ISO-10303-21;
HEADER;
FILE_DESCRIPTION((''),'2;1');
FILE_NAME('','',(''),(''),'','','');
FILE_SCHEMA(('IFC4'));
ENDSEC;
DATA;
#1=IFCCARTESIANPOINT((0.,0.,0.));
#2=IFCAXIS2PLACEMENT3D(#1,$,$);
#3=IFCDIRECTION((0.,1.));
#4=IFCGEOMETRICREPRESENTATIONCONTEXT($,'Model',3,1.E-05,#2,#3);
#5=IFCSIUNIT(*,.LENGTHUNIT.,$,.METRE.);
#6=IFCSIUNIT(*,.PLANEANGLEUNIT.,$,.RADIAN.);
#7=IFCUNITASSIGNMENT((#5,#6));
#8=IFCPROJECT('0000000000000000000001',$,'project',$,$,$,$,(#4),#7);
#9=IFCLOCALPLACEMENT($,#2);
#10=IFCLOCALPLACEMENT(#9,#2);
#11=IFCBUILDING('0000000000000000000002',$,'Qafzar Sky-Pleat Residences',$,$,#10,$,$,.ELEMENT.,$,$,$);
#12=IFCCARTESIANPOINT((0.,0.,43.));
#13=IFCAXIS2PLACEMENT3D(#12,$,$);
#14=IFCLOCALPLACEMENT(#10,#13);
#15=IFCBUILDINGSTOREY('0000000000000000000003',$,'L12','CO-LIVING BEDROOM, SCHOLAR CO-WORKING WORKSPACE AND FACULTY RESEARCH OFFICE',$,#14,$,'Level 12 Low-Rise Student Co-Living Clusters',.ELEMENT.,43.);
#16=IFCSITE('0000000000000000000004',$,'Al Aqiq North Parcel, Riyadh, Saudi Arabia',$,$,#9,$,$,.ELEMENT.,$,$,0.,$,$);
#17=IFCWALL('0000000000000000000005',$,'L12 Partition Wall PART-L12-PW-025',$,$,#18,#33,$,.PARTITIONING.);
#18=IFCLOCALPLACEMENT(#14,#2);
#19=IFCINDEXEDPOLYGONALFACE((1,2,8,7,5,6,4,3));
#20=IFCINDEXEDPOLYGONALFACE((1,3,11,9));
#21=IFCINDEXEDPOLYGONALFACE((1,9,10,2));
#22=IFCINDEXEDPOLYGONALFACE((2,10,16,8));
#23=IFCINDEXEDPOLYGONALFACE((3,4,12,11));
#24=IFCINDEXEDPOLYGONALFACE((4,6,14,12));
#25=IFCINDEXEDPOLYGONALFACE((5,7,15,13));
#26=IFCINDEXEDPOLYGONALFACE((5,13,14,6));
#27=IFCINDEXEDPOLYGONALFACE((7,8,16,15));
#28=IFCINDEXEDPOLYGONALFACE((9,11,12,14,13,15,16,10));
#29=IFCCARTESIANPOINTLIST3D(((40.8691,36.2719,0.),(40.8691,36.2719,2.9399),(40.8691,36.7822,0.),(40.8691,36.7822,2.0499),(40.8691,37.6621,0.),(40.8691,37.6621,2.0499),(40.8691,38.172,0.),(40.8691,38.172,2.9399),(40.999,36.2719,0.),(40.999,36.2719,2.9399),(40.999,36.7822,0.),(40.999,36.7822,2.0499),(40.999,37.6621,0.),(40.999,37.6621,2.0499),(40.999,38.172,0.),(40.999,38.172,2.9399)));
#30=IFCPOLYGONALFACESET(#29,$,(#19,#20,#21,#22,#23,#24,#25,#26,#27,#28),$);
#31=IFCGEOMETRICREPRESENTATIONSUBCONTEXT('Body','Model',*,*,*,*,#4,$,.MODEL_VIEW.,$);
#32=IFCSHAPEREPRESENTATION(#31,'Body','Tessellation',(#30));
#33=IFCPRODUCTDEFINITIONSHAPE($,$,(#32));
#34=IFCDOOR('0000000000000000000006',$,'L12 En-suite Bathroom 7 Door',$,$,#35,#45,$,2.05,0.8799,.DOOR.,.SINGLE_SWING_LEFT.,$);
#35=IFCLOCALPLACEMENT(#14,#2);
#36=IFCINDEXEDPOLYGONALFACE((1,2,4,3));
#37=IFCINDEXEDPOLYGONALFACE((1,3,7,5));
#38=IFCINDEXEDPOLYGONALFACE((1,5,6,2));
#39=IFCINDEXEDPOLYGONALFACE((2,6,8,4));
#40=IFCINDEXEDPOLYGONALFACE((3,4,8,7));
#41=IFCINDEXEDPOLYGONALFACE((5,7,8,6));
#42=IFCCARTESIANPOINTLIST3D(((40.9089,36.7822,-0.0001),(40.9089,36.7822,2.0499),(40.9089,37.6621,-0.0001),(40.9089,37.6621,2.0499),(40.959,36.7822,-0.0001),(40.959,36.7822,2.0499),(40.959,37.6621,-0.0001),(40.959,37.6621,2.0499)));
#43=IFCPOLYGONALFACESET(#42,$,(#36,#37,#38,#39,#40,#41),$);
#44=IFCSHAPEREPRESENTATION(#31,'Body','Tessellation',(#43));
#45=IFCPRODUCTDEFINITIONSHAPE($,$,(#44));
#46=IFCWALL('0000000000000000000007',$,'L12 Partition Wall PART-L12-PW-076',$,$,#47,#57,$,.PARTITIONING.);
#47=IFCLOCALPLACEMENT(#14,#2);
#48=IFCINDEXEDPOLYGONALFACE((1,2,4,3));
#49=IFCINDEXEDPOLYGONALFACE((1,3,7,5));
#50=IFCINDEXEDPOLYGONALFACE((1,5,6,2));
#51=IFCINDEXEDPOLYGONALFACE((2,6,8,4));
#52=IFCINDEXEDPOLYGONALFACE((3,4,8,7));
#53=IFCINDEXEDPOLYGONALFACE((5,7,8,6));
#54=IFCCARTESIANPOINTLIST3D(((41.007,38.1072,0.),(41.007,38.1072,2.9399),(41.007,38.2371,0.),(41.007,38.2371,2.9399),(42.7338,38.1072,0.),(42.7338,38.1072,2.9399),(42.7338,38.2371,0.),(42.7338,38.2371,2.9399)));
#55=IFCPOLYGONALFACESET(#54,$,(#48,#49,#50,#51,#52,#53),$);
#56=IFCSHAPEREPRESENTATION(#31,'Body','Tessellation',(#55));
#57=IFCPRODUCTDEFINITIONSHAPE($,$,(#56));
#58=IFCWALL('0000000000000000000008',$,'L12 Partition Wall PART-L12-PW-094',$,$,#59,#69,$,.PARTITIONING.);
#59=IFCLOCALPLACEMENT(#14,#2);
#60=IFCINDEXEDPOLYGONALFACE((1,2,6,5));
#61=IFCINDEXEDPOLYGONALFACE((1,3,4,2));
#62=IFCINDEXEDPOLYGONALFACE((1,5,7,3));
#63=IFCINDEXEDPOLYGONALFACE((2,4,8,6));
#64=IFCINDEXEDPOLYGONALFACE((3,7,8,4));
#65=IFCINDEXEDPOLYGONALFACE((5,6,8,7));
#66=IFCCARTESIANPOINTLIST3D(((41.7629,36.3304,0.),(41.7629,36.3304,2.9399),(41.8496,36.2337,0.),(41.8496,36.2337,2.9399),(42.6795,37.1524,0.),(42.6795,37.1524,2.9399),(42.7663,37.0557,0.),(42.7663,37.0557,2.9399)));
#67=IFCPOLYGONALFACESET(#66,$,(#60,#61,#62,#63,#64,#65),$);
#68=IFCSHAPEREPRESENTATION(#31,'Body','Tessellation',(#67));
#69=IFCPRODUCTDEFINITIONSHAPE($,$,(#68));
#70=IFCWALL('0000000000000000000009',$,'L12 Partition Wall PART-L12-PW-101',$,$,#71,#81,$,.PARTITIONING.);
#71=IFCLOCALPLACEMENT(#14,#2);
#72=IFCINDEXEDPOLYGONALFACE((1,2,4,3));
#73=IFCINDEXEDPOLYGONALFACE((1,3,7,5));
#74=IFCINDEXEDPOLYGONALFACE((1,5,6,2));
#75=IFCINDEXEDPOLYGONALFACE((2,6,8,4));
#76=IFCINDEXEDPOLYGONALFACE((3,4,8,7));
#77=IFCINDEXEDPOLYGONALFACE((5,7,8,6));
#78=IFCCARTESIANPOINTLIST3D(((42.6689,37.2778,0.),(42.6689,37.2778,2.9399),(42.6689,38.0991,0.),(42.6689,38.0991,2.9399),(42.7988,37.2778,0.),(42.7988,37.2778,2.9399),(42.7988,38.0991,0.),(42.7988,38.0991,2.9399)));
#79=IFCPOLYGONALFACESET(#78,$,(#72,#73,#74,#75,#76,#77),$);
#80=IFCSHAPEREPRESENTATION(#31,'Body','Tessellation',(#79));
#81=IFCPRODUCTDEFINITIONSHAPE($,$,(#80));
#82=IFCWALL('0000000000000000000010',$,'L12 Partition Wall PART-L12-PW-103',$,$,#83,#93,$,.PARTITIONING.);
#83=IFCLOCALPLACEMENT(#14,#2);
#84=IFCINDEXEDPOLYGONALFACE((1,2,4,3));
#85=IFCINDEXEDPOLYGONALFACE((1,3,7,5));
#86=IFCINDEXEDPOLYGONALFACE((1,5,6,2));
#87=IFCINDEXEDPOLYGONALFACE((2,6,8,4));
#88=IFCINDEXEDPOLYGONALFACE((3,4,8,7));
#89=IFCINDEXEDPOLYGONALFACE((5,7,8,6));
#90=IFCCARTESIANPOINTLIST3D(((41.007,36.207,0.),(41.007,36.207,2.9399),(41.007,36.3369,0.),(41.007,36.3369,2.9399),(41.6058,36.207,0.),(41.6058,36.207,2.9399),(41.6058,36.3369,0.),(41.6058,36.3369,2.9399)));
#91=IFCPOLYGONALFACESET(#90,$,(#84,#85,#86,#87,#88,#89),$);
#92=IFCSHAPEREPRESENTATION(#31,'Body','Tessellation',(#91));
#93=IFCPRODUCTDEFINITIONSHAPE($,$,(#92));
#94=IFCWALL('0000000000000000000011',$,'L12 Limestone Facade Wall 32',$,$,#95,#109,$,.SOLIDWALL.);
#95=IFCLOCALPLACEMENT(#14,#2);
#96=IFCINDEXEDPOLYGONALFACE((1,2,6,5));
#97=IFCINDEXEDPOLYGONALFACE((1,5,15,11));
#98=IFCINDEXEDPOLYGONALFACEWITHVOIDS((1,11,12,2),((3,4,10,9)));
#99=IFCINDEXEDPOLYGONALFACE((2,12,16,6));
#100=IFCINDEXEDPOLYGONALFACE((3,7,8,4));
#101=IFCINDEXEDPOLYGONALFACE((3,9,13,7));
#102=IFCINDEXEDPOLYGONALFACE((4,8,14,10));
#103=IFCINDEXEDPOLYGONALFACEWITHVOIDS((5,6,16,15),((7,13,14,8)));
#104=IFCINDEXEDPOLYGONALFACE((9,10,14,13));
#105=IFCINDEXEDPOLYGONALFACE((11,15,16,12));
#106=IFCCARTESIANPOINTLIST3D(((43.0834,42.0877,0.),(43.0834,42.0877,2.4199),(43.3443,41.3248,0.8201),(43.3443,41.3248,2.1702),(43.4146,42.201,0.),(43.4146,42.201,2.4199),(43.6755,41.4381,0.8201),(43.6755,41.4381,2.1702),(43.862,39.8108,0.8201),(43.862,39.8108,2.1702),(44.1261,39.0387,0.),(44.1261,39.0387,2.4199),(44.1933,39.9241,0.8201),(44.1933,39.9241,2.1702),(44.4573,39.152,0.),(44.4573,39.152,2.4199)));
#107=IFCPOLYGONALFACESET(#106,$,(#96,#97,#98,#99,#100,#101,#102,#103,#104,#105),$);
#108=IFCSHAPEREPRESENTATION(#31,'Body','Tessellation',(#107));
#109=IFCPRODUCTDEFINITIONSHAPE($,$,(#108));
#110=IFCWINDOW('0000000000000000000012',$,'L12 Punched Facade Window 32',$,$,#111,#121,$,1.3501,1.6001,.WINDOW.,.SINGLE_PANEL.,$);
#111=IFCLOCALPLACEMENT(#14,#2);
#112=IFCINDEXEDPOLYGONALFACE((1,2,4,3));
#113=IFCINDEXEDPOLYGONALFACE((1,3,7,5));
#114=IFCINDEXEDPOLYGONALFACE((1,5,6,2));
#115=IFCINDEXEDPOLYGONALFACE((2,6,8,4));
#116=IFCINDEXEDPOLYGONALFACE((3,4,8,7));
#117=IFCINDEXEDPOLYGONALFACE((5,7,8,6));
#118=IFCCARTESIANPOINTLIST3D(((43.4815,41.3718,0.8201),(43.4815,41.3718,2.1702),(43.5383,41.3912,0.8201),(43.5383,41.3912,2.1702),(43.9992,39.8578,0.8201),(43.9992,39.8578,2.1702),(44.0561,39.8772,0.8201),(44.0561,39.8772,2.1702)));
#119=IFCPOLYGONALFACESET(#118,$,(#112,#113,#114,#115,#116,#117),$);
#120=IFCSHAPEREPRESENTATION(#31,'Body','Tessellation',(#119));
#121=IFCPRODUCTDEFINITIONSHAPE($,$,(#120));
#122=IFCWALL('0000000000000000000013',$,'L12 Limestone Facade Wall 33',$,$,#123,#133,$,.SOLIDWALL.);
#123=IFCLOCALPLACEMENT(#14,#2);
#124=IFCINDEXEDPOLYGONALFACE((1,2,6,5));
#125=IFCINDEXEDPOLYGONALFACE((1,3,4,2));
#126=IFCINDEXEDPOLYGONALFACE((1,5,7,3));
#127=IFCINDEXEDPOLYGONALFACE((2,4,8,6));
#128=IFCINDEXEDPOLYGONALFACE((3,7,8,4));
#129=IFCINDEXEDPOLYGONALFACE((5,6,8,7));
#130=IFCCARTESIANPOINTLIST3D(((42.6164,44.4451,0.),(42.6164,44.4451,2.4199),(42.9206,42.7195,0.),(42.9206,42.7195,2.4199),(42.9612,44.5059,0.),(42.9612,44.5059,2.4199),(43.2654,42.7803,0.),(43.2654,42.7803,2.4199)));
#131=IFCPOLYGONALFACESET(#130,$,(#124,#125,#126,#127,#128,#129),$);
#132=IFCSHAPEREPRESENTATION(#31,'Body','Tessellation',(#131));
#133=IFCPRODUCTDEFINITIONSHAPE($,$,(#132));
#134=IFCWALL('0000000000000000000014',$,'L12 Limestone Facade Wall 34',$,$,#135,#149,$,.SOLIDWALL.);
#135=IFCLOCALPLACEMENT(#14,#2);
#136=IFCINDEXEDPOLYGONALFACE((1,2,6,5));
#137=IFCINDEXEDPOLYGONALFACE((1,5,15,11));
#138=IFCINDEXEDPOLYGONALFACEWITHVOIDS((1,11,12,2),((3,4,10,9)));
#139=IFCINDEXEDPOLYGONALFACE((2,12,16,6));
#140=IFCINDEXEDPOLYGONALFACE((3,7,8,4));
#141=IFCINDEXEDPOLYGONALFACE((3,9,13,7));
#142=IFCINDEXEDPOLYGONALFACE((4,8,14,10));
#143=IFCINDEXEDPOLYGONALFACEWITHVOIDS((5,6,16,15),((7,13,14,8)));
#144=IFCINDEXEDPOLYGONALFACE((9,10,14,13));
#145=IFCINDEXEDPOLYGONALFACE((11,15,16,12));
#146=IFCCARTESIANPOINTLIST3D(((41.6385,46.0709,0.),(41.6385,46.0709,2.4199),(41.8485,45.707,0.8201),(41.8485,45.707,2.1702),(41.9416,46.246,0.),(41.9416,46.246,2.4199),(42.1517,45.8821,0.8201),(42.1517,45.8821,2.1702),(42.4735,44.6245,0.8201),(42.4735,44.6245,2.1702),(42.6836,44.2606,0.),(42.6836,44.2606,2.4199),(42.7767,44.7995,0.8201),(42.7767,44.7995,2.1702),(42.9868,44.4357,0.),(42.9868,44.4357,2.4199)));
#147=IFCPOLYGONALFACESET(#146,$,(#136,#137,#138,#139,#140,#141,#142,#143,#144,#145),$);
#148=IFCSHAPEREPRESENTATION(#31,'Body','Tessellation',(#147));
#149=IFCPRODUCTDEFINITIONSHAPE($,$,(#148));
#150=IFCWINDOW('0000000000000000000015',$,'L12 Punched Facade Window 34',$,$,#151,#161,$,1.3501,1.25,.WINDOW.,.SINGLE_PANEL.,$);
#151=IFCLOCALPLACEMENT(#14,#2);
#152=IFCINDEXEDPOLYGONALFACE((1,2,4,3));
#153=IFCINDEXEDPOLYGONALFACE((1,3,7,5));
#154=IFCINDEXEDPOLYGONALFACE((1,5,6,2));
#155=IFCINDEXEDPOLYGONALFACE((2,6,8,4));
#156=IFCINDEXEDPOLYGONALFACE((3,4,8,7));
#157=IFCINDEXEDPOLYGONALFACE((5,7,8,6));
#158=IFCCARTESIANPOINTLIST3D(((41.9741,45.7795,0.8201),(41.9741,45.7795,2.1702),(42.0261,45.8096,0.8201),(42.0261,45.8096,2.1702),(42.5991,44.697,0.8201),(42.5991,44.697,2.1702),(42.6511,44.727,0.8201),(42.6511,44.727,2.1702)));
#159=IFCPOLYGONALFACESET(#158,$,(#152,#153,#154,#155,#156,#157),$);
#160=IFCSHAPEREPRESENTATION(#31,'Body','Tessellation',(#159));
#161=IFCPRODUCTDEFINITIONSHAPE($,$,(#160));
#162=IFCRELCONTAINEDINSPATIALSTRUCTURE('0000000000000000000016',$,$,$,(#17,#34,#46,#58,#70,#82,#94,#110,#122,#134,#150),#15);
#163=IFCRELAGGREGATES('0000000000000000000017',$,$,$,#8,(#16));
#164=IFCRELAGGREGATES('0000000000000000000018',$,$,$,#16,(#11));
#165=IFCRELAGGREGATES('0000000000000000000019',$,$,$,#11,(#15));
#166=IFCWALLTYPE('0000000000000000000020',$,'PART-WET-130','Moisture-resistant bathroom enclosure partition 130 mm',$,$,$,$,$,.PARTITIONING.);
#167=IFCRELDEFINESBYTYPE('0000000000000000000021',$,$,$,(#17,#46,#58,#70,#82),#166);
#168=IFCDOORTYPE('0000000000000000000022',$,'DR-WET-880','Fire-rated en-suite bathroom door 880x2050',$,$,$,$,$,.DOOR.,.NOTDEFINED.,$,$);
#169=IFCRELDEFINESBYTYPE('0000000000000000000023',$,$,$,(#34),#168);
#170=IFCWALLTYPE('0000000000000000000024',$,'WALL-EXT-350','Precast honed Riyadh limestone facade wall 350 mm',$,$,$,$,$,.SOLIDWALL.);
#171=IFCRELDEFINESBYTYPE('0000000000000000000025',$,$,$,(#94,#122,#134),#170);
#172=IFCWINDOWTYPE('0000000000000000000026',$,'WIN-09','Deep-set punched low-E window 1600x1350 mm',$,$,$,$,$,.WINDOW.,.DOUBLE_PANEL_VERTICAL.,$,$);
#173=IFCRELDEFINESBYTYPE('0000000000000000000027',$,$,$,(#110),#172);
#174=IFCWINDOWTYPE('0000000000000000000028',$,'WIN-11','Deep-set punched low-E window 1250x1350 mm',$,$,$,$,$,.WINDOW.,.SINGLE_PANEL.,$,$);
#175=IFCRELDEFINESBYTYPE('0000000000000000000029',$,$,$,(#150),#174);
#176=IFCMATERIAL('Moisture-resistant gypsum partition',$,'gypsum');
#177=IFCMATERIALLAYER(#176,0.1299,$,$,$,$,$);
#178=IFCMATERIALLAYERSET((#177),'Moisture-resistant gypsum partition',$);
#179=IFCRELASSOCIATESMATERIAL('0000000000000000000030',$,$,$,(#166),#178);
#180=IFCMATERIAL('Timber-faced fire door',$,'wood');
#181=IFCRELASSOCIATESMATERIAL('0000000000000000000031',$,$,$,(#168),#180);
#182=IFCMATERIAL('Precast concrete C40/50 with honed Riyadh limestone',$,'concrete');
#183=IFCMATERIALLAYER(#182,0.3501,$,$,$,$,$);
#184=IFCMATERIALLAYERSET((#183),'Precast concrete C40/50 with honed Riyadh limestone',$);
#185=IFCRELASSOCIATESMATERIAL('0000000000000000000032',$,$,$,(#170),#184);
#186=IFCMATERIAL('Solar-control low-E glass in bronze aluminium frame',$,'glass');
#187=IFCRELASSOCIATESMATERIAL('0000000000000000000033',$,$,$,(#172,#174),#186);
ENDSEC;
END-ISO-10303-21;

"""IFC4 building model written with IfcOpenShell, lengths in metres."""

from ifc_helpers import new_model, si_unit, direction, frame, frame_2d, origin, place, context, subcontext, project, spatial, rectangle, extrude, source, transform, mapped, material, layer, layer_set, type_object, element, fill, save


model = new_model("IFC4")

# Units and contexts
model_context = context("Model", 3, precision=1e-05, world=origin(), true_north=direction((0.0, 1.0)))
body_context = subcontext(model_context, "Body", "Model", "MODEL_VIEW")
ifc_project = project(units=[si_unit("LENGTHUNIT", "METRE"), si_unit("PLANEANGLEUNIT", "RADIAN")], contexts=[model_context])

# Site, building, storey
site_placement = place(None, origin())
site = spatial("IfcSite", under=ifc_project, at=site_placement, Name="Al Aqiq North Parcel, Riyadh, Saudi Arabia", CompositionType="ELEMENT", RefElevation=0.0)
building_placement = place(site_placement, origin())
building = spatial("IfcBuilding", under=site, at=building_placement, Name="Qafzar Sky-Pleat Residences", CompositionType="ELEMENT")
storey_placement = place(building_placement, frame((0.0, 0.0, 43.0)))
storey = spatial("IfcBuildingStorey", under=building, at=storey_placement, Name="L12", Description="CO-LIVING BEDROOM, SCHOLAR CO-WORKING WORKSPACE AND FACULTY RESEARCH OFFICE", LongName="Level 12 Low-Rise Student Co-Living Clusters", CompositionType="ELEMENT", Elevation=43.0)

# Shared definitions
ifc_material_1 = material(Name="Timber-faced fire door", Category="wood")

# Wall, opening, door
ifc_material_2 = material(Name="Moisture-resistant gypsum partition", Category="gypsum")
ifc_layer_1 = layer(ifc_material_2, 0.1299)
ifc_layer_set_1 = layer_set([ifc_layer_1], Name="Moisture-resistant gypsum partition")
wall_type_1 = type_object("IfcWallType", Name="PART-WET-130", Description="Moisture-resistant bathroom enclosure partition 130 mm", PredefinedType="PARTITIONING", material=ifc_layer_set_1)
wall_1_placement = place(storey_placement, frame((40.9341, 38.1721, 0.0), z_axis=(0.0, 0.0, 1.0), x_axis=(0.0, -1.0, 0.0)))
wall_1 = element("IfcWall", 1, at=wall_1_placement, inside=storey, type_object=wall_type_1, Name="L12 Partition Wall PART-L12-PW-025", PredefinedType="PARTITIONING", context=body_context, shape_type="SweptSolid", body=[
    extrude(rectangle(XDim=1.9001, YDim=0.1299, at=frame_2d((0.9502, 0.0))), origin(), (0.0, 0.0, 1.0), 2.9399),
])
opening_1_placement = place(wall_1_placement, frame((0.51, 0.0, 0.0)))
opening_1 = element("IfcOpeningElement", 2, at=opening_1_placement, cuts=wall_1, PredefinedType="OPENING", context=body_context, shape_type="SweptSolid", body=[
    extrude(rectangle(XDim=0.8799, YDim=2.05, at=frame_2d((0.4399, 1.0249))), frame((0.0, 0.075, 0.0), z_axis=(0.0, -1.0, 0.0), x_axis=(1.0, 0.0, 0.0)), (0.0, 0.0, 1.0), 0.1499),
])
door_type_1 = type_object("IfcDoorType", Name="DR-WET-880", Description="Fire-rated en-suite bathroom door 880x2050", OperationType="NOTDEFINED", PredefinedType="DOOR", material=ifc_material_1)
shared_shape_1 = source(origin(), body_context, "Body", "SweptSolid", [
    extrude(rectangle(XDim=0.8799, YDim=2.05, at=frame_2d((0.4399, 1.0249))), frame((0.0, 0.0249, 0.0), z_axis=(0.0, -1.0, 0.0), x_axis=(1.0, 0.0, 0.0)), (0.0, 0.0, 1.0), 0.05),
])
door_1_placement = place(opening_1_placement, origin())
door_1 = element("IfcDoor", 3, at=door_1_placement, inside=storey, type_object=door_type_1, Name="L12 En-suite Bathroom 7 Door", OperationType="SINGLE_SWING_LEFT", OverallHeight=2.05, OverallWidth=0.8799, PredefinedType="DOOR", context=body_context, shape_type="MappedRepresentation", body=[
    mapped(shared_shape_1, transform((0.0, 0.0, 0.0), x_axis=(1.0, 0.0, 0.0), y_axis=(0.0, 1.0, 0.0), z_axis=(0.0, 0.0, 1.0), scale=1.0)),
])
fill(opening_1, door_1)

# Walls
wall_2_placement = place(storey_placement, frame((41.0071, 38.1721, 0.0), z_axis=(0.0, 0.0, 1.0), x_axis=(1.0, 0.0, 0.0)))
element("IfcWall", 4, at=wall_2_placement, inside=storey, type_object=wall_type_1, Name="L12 Partition Wall PART-L12-PW-076", PredefinedType="PARTITIONING", context=body_context, shape_type="SweptSolid", body=[
    extrude(rectangle(XDim=1.7268, YDim=0.1299, at=frame_2d((0.8633, 0.0))), origin(), (0.0, 0.0, 1.0), 2.9399),
])
wall_3_placement = place(storey_placement, frame((41.8062, 36.282, 0.0), z_axis=(0.0, 0.0, 1.0), x_axis=(0.744525, 0.667594, 0.0)))
element("IfcWall", 5, at=wall_3_placement, inside=storey, type_object=wall_type_1, Name="L12 Partition Wall PART-L12-PW-094", PredefinedType="PARTITIONING", context=body_context, shape_type="SweptSolid", body=[
    extrude(rectangle(XDim=1.2312, YDim=0.1299, at=frame_2d((0.6157, 0.0))), origin(), (0.0, 0.0, 1.0), 2.9399),
])
wall_4_placement = place(storey_placement, frame((42.7339, 37.2778, 0.0), z_axis=(0.0, 0.0, 1.0), x_axis=(0.0, 1.0, 0.0)))
element("IfcWall", 6, at=wall_4_placement, inside=storey, type_object=wall_type_1, Name="L12 Partition Wall PART-L12-PW-101", PredefinedType="PARTITIONING", context=body_context, shape_type="SweptSolid", body=[
    extrude(rectangle(XDim=0.8213, YDim=0.1299, at=frame_2d((0.4106, 0.0))), origin(), (0.0, 0.0, 1.0), 2.9399),
])
wall_5_placement = place(storey_placement, frame((41.0071, 36.272, 0.0), z_axis=(0.0, 0.0, 1.0), x_axis=(1.0, 0.0, 0.0)))
element("IfcWall", 7, at=wall_5_placement, inside=storey, type_object=wall_type_1, Name="L12 Partition Wall PART-L12-PW-103", PredefinedType="PARTITIONING", context=body_context, shape_type="SweptSolid", body=[
    extrude(rectangle(XDim=0.5989, YDim=0.1299, at=frame_2d((0.2993, 0.0))), origin(), (0.0, 0.0, 1.0), 2.9399),
])

# Wall, opening, window
ifc_material_3 = material(Name="Precast concrete C40/50 with honed Riyadh limestone", Category="concrete")
ifc_layer_2 = layer(ifc_material_3, 0.3501)
ifc_layer_set_2 = layer_set([ifc_layer_2], Name="Precast concrete C40/50 with honed Riyadh limestone")
wall_type_2 = type_object("IfcWallType", Name="WALL-EXT-350", Description="Precast honed Riyadh limestone facade wall 350 mm", PredefinedType="SOLIDWALL", material=ifc_layer_set_2)
wall_6_placement = place(storey_placement, frame((44.2917, 39.0952, 0.0), z_axis=(0.0, 0.0, 1.0), x_axis=(-0.323582, 0.9462, 0.0)))
wall_6 = element("IfcWall", 8, at=wall_6_placement, inside=storey, type_object=wall_type_2, Name="L12 Limestone Facade Wall 32", PredefinedType="SOLIDWALL", context=body_context, shape_type="SweptSolid", body=[
    extrude(rectangle(XDim=3.2224, YDim=0.3501, at=frame_2d((1.6113, 0.0))), origin(), (0.0, 0.0, 1.0), 2.4199),
])
opening_2_placement = place(wall_6_placement, frame((0.8162, 0.0, 0.8201)))
opening_2 = element("IfcOpeningElement", 9, at=opening_2_placement, cuts=wall_6, PredefinedType="OPENING", context=body_context, shape_type="SweptSolid", body=[
    extrude(rectangle(XDim=1.6001, YDim=1.3501, at=frame_2d((0.8, 0.675))), frame((0.0, 0.1851, 0.0), z_axis=(0.0, -1.0, 0.0), x_axis=(1.0, 0.0, 0.0)), (0.0, 0.0, 1.0), 0.3701),
])
ifc_material_4 = material(Name="Solar-control low-E glass in bronze aluminium frame", Category="glass")
window_type_1 = type_object("IfcWindowType", Name="WIN-09", Description="Deep-set punched low-E window 1600x1350 mm", PartitioningType="DOUBLE_PANEL_VERTICAL", PredefinedType="WINDOW", material=ifc_material_4)
shared_shape_2 = source(origin(), body_context, "Body", "SweptSolid", [
    extrude(rectangle(XDim=1.6001, YDim=1.3501, at=frame_2d((0.8, 0.675))), frame((0.0, 0.03, 0.0), z_axis=(0.0, -1.0, 0.0), x_axis=(1.0, 0.0, 0.0)), (0.0, 0.0, 1.0), 0.0601),
])
window_1_placement = place(opening_2_placement, origin())
window_1 = element("IfcWindow", 10, at=window_1_placement, inside=storey, type_object=window_type_1, Name="L12 Punched Facade Window 32", OverallHeight=1.3501, OverallWidth=1.6001, PartitioningType="SINGLE_PANEL", PredefinedType="WINDOW", context=body_context, shape_type="MappedRepresentation", body=[
    mapped(shared_shape_2, transform((0.0, 0.0, 0.0), x_axis=(1.0, 0.0, 0.0), y_axis=(0.0, 1.0, 0.0), z_axis=(0.0, 0.0, 1.0), scale=1.0)),
])
fill(opening_2, window_1)

# Wall
wall_7_placement = place(storey_placement, frame((43.093, 42.75, 0.0), z_axis=(0.0, 0.0, 1.0), x_axis=(-0.17361, 0.984814, 0.0)))
element("IfcWall", 11, at=wall_7_placement, inside=storey, type_object=wall_type_2, Name="L12 Limestone Facade Wall 33", PredefinedType="SOLIDWALL", context=body_context, shape_type="SweptSolid", body=[
    extrude(rectangle(XDim=1.7522, YDim=0.3501, at=frame_2d((0.876, 0.0))), origin(), (0.0, 0.0, 1.0), 2.4199),
])

# Wall, opening, window
wall_8_placement = place(storey_placement, frame((42.8352, 44.3481, 0.0), z_axis=(0.0, 0.0, 1.0), x_axis=(-0.499995, 0.866028, 0.0)))
wall_8 = element("IfcWall", 12, at=wall_8_placement, inside=storey, type_object=wall_type_2, Name="L12 Limestone Facade Wall 34", PredefinedType="SOLIDWALL", context=body_context, shape_type="SweptSolid", body=[
    extrude(rectangle(XDim=2.0903, YDim=0.3501, at=frame_2d((1.0452, 0.0))), origin(), (0.0, 0.0, 1.0), 2.4199),
])
opening_3_placement = place(wall_8_placement, frame((0.4202, 0.0, 0.8201)))
opening_3 = element("IfcOpeningElement", 13, at=opening_3_placement, cuts=wall_8, PredefinedType="OPENING", context=body_context, shape_type="SweptSolid", body=[
    extrude(rectangle(XDim=1.25, YDim=1.3501, at=frame_2d((0.625, 0.675))), frame((0.0, 0.1851, 0.0), z_axis=(0.0, -1.0, 0.0), x_axis=(1.0, 0.0, 0.0)), (0.0, 0.0, 1.0), 0.3701),
])
window_type_2 = type_object("IfcWindowType", Name="WIN-11", Description="Deep-set punched low-E window 1250x1350 mm", PartitioningType="SINGLE_PANEL", PredefinedType="WINDOW", material=ifc_material_4)
shared_shape_3 = source(origin(), body_context, "Body", "SweptSolid", [
    extrude(rectangle(XDim=1.25, YDim=1.3501, at=frame_2d((0.625, 0.675))), frame((0.0, 0.03, 0.0), z_axis=(0.0, -1.0, 0.0), x_axis=(1.0, 0.0, 0.0)), (0.0, 0.0, 1.0), 0.0601),
])
window_2_placement = place(opening_3_placement, origin())
window_2 = element("IfcWindow", 14, at=window_2_placement, inside=storey, type_object=window_type_2, Name="L12 Punched Facade Window 34", OverallHeight=1.3501, OverallWidth=1.25, PartitioningType="SINGLE_PANEL", PredefinedType="WINDOW", context=body_context, shape_type="MappedRepresentation", body=[
    mapped(shared_shape_3, transform((0.0, 0.0, 0.0), x_axis=(1.0, 0.0, 0.0), y_axis=(0.0, 1.0, 0.0), z_axis=(0.0, 0.0, 1.0), scale=1.0)),
])
fill(opening_3, window_2)

save(model, "model.ifc")
